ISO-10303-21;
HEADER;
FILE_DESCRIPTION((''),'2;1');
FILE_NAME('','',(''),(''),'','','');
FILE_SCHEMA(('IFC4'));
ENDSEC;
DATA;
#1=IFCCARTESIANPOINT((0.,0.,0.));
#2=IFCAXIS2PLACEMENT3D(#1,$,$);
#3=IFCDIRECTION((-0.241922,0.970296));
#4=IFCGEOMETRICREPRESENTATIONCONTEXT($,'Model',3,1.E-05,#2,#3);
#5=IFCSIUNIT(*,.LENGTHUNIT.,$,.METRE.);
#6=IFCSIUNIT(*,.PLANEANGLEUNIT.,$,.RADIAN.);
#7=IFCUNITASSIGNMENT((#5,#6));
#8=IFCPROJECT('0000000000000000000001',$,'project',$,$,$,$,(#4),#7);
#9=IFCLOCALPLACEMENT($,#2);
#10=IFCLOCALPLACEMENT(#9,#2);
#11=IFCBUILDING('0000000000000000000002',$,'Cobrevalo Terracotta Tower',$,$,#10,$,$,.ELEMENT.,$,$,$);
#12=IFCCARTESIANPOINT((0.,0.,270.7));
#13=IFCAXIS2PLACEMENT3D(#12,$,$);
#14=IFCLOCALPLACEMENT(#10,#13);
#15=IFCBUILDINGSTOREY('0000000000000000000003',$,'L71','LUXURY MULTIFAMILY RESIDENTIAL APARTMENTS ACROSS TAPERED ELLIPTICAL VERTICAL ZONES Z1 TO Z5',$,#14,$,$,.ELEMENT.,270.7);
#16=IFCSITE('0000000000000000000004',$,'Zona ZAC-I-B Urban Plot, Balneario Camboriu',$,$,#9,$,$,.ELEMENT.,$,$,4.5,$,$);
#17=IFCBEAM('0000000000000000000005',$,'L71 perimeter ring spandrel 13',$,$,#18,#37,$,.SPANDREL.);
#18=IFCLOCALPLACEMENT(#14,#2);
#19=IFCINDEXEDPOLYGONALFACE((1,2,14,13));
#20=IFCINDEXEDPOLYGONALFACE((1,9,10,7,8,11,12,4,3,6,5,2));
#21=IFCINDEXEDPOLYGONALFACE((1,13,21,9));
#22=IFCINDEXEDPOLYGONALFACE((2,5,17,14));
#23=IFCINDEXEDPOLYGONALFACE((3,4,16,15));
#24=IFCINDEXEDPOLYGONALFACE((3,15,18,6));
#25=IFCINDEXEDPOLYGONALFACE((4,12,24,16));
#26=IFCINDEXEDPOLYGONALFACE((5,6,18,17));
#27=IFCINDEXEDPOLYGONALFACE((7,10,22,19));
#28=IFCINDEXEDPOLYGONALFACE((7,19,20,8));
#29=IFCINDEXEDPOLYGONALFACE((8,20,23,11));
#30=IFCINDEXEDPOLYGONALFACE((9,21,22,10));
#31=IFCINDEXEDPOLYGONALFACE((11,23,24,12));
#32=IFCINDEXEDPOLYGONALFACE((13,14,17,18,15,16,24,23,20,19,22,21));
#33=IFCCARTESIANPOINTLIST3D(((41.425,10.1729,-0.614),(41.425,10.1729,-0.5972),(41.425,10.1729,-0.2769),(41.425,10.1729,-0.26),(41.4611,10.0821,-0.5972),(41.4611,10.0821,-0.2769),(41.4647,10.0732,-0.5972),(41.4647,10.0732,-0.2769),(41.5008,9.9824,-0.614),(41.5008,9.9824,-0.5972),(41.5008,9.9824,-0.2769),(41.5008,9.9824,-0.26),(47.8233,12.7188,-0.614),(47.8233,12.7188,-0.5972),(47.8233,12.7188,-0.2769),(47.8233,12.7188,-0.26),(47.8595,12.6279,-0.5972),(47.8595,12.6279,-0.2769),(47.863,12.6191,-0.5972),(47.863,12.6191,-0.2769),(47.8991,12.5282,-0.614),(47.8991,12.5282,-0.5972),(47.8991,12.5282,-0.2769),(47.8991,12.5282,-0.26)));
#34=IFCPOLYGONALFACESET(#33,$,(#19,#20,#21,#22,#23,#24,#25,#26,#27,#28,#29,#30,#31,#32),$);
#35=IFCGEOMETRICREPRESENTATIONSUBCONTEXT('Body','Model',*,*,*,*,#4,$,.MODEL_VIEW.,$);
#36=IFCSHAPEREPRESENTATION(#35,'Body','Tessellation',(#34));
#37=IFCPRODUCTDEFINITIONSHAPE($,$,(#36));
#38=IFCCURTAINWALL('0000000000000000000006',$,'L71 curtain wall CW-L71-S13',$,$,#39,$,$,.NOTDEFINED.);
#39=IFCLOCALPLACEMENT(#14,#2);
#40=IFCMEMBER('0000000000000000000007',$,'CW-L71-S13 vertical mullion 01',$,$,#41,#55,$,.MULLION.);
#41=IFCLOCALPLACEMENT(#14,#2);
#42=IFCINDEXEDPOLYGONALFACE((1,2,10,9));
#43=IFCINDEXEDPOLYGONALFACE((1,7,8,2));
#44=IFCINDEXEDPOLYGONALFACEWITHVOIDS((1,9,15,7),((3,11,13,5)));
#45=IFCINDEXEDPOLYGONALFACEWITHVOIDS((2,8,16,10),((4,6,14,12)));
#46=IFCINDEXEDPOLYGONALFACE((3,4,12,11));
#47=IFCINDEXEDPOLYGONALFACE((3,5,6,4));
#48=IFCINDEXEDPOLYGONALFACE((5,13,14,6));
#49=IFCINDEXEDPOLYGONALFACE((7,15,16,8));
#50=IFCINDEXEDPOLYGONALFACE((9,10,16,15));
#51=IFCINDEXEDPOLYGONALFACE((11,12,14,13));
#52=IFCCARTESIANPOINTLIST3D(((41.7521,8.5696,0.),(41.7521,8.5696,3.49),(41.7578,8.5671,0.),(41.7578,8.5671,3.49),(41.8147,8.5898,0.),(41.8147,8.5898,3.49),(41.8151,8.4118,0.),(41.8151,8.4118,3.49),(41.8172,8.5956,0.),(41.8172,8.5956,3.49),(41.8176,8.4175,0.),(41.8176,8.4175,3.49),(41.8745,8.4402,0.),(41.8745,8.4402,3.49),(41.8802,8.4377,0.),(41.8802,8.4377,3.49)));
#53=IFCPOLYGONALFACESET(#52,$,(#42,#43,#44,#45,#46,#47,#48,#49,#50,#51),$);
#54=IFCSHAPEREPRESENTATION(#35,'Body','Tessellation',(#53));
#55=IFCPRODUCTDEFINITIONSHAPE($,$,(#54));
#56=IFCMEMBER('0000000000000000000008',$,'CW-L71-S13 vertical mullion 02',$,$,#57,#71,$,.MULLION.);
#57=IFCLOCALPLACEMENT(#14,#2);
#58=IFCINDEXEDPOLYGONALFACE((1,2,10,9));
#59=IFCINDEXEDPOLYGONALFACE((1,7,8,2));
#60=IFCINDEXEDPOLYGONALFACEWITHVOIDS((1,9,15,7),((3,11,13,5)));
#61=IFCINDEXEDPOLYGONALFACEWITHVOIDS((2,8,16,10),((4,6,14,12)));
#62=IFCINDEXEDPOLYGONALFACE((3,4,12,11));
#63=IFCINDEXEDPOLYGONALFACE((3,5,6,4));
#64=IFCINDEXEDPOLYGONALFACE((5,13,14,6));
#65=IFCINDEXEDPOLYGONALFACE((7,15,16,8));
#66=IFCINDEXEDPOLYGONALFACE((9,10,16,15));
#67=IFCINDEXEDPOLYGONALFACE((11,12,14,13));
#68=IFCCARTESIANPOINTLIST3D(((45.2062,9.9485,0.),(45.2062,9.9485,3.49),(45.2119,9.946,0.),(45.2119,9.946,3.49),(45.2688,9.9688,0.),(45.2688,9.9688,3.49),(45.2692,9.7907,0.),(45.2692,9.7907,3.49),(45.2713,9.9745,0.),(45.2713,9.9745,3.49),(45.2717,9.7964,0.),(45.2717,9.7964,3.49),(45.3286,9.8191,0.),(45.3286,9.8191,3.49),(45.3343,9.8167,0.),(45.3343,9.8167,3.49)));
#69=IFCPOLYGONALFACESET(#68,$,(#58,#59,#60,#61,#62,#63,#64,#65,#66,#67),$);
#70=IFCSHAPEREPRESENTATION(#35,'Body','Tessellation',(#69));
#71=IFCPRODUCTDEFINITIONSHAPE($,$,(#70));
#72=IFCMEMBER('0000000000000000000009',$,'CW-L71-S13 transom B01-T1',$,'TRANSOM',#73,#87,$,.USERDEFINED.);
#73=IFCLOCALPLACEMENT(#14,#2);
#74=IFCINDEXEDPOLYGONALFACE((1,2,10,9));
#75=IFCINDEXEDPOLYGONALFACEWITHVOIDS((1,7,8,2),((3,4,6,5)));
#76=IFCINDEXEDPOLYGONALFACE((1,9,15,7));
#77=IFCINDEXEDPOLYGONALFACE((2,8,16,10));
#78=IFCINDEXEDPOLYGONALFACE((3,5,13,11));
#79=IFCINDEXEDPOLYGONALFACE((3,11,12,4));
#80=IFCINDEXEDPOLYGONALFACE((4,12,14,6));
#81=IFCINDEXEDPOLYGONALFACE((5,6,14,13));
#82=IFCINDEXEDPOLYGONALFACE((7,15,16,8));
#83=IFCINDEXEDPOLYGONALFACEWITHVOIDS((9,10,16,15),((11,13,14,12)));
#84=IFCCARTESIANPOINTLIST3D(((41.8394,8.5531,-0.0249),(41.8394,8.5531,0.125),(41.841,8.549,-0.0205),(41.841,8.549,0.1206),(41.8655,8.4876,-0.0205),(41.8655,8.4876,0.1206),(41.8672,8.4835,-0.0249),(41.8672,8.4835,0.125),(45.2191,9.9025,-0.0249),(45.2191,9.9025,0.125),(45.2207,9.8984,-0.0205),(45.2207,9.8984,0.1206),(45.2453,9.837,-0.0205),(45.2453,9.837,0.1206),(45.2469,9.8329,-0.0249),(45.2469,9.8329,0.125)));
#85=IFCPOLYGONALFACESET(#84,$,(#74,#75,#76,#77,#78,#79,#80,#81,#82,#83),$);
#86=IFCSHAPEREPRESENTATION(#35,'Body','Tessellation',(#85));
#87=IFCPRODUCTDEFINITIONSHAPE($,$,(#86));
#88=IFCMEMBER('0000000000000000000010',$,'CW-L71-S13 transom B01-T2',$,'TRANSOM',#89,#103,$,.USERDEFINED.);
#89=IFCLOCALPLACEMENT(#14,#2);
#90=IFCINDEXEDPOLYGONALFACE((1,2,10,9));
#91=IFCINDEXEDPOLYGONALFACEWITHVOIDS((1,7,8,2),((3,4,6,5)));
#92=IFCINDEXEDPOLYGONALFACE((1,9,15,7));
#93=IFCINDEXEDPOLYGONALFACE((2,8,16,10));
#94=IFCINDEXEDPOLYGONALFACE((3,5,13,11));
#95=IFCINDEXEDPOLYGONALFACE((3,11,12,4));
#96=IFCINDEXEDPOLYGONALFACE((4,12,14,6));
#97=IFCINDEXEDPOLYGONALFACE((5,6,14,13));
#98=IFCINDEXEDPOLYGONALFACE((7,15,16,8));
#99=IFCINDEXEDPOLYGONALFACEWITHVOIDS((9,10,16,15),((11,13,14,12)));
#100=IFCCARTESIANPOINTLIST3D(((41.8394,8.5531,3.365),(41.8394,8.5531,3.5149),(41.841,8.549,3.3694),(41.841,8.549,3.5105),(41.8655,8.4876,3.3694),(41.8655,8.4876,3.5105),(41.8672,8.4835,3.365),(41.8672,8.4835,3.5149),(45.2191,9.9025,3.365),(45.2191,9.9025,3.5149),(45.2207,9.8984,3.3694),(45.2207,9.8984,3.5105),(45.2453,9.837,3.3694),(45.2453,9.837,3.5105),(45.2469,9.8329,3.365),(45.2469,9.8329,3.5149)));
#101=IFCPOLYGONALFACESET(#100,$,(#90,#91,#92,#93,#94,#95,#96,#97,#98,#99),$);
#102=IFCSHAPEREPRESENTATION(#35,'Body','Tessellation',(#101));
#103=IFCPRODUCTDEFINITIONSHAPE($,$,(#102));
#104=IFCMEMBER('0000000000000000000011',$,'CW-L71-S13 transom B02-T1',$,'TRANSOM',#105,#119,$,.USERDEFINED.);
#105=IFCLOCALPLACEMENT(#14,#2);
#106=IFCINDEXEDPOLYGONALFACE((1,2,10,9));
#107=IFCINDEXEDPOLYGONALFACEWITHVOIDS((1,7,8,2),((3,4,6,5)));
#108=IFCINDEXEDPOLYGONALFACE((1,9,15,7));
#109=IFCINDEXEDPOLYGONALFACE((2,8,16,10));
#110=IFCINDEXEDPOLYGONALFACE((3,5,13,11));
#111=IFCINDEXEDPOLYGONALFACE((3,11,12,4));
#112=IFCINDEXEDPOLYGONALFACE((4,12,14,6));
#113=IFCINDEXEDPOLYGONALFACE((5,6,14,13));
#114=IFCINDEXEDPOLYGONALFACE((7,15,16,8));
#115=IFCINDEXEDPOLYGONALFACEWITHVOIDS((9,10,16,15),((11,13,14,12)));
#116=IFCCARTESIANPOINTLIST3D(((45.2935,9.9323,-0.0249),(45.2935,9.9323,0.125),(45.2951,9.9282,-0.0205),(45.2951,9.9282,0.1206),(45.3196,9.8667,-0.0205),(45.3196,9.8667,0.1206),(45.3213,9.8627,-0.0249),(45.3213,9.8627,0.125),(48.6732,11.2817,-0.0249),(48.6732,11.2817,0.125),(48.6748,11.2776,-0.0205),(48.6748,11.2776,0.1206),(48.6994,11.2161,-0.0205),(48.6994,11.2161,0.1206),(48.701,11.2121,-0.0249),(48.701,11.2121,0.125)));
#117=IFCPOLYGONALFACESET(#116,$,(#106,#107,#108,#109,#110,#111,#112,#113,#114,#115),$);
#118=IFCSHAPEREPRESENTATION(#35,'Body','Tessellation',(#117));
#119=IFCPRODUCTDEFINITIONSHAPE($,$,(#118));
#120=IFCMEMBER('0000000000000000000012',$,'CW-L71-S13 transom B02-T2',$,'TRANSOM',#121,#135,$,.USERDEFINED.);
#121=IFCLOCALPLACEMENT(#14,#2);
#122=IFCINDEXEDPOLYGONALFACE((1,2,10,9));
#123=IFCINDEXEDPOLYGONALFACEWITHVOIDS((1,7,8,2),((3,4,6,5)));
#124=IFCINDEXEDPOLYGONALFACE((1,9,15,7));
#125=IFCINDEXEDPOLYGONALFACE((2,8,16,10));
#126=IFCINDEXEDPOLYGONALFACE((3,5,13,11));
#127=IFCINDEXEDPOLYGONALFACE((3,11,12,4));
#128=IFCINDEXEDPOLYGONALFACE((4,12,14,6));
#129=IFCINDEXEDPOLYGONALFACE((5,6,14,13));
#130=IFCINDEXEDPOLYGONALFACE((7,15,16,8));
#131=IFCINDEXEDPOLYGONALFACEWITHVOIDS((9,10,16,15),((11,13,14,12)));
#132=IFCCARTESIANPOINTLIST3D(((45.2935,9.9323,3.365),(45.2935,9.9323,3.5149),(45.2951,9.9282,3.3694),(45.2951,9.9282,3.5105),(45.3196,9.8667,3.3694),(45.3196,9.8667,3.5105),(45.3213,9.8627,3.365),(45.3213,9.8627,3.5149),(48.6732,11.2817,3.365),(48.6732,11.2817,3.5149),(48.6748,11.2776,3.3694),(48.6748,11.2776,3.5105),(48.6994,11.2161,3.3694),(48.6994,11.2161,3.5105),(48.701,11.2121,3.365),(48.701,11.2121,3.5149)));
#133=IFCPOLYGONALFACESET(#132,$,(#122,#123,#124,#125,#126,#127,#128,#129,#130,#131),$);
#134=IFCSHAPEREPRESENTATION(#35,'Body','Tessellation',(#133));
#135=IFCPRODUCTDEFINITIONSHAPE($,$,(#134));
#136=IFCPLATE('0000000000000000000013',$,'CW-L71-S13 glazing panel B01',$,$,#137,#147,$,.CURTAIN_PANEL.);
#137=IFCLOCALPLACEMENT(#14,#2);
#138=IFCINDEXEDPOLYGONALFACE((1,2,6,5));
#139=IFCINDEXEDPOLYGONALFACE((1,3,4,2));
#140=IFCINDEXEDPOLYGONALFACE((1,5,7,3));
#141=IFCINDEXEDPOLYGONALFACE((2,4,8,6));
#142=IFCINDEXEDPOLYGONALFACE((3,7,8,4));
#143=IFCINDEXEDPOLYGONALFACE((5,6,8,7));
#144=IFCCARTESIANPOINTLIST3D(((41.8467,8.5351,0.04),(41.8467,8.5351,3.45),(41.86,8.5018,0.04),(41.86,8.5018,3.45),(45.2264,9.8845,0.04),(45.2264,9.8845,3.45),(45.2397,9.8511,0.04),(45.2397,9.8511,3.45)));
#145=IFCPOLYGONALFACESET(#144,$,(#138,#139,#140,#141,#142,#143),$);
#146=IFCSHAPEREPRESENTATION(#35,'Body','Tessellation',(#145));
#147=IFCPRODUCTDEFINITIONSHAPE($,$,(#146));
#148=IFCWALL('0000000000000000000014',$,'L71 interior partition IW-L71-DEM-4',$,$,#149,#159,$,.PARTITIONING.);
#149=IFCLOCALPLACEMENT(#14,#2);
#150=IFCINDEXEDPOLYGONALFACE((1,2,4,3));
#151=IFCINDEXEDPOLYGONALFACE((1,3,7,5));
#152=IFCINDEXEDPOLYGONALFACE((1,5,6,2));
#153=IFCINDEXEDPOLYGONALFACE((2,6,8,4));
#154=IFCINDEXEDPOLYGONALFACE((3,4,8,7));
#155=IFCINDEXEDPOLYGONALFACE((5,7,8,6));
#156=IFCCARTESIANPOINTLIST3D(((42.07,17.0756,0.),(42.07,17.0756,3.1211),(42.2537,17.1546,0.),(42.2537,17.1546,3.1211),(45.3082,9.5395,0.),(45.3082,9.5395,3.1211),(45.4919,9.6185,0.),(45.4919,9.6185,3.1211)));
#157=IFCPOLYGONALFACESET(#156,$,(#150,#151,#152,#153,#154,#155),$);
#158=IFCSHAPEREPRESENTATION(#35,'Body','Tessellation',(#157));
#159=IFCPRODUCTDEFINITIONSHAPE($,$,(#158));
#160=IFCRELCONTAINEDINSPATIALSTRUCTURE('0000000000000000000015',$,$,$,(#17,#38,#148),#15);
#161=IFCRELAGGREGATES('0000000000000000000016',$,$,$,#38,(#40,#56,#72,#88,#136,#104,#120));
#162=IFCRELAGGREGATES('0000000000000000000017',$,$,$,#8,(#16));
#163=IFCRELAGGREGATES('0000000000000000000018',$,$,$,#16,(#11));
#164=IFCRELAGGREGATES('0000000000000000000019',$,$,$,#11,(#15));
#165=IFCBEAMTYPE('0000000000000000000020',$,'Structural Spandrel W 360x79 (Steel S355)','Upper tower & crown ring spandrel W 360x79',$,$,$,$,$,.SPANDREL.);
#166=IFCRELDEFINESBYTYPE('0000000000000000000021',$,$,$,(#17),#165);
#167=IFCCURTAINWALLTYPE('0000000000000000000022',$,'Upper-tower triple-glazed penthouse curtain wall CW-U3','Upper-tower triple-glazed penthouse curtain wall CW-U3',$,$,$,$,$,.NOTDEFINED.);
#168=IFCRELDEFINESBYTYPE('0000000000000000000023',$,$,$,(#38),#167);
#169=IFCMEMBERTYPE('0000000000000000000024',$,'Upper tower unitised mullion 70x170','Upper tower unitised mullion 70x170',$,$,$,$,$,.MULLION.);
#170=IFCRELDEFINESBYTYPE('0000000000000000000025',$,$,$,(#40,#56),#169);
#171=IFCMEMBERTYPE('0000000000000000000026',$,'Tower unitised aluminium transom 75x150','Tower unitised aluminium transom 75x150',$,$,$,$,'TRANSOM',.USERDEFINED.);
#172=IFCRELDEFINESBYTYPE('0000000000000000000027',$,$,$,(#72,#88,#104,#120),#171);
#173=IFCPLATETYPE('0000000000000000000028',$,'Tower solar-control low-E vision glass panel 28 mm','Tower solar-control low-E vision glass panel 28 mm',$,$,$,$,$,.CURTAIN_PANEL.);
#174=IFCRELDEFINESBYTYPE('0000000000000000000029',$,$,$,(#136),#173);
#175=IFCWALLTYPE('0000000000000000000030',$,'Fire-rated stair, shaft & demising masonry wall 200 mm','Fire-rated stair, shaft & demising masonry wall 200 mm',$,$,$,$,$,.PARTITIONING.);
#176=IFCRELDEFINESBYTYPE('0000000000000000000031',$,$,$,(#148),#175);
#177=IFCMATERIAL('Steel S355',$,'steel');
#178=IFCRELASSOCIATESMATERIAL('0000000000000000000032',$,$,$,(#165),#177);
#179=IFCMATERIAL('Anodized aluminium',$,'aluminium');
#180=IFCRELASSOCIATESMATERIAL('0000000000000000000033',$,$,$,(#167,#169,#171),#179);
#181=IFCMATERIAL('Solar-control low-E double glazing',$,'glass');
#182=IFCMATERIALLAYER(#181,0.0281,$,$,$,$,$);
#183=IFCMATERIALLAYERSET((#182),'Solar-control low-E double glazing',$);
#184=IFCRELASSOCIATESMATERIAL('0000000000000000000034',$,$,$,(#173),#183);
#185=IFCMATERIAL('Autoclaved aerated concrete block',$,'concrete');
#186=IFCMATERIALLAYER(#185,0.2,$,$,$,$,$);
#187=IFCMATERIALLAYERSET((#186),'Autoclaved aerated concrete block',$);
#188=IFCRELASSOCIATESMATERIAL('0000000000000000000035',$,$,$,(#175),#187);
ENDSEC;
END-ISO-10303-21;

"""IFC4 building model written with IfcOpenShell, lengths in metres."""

from ifc_helpers import new_model, si_unit, direction, frame, frame_2d, origin, origin_2d, place, context, subcontext, project, spatial, rectangle, hollow_rectangle, i_section, extrude, source, transform, mapped, material, layer, layer_set, material_profile, profile_set, type_object, element, aggregate, save


model = new_model("IFC4")

# Units and contexts
model_context = context("Model", 3, precision=1e-05, world=origin(), true_north=direction((-0.241922, 0.970296)))
body_context = subcontext(model_context, "Body", "Model", "MODEL_VIEW")
ifc_project = project(units=[si_unit("LENGTHUNIT", "METRE"), si_unit("PLANEANGLEUNIT", "RADIAN")], contexts=[model_context])

# Site, building, storey
site_placement = place(None, origin())
site = spatial("IfcSite", under=ifc_project, at=site_placement, Name="Zona ZAC-I-B Urban Plot, Balneario Camboriu", CompositionType="ELEMENT", RefElevation=4.5)
building_placement = place(site_placement, origin())
building = spatial("IfcBuilding", under=site, at=building_placement, Name="Cobrevalo Terracotta Tower", CompositionType="ELEMENT")
storey_placement = place(building_placement, frame((0.0, 0.0, 270.7)))
storey = spatial("IfcBuildingStorey", under=building, at=storey_placement, Name="L71", Description="LUXURY MULTIFAMILY RESIDENTIAL APARTMENTS ACROSS TAPERED ELLIPTICAL VERTICAL ZONES Z1 TO Z5", CompositionType="ELEMENT", Elevation=270.7)

# Shared definitions
ifc_material_1 = material(Name="Steel S355", Category="steel")

# Beam
ifc_material_profile_1 = material_profile(ifc_material_1, i_section(OverallWidth=0.2051, OverallDepth=0.354, WebThickness=0.0095, FlangeThickness=0.0168, at=origin_2d()), Name="W 360x79")
ifc_profile_set_1 = profile_set([ifc_material_profile_1], Name="Steel S355")
beam_type_1 = type_object("IfcBeamType", Name="Structural Spandrel W 360x79 (Steel S355)", Description="Upper tower & crown ring spandrel W 360x79", PredefinedType="SPANDREL", material=ifc_profile_set_1)
beam_1_placement = place(storey_placement, frame((41.4629, 10.0776, -0.437), z_axis=(0.92915, 0.369703, 0.0), x_axis=(-0.369703, 0.92915, 0.0)))
element("IfcBeam", 1, at=beam_1_placement, inside=storey, type_object=beam_type_1, Name="L71 perimeter ring spandrel 13", PredefinedType="SPANDREL", context=body_context, shape_type="SweptSolid", body=[
    extrude(i_section(OverallWidth=0.2051, OverallDepth=0.354, WebThickness=0.0095, FlangeThickness=0.0168, at=origin_2d()), origin(), (0.0, 0.0, 1.0), 6.8862),
])

# Curtain wall, members, plate
ifc_material_2 = material(Name="Anodized aluminium", Category="aluminium")
curtain_wall_type = type_object("IfcCurtainWallType", Name="Upper-tower triple-glazed penthouse curtain wall CW-U3", Description="Upper-tower triple-glazed penthouse curtain wall CW-U3", PredefinedType="NOTDEFINED", material=ifc_material_2)
curtain_wall_placement = place(storey_placement, origin())
curtain_wall = element("IfcCurtainWall", 2, at=curtain_wall_placement, inside=storey, type_object=curtain_wall_type, Name="L71 curtain wall CW-L71-S13", PredefinedType="NOTDEFINED")
ifc_material_profile_2 = material_profile(ifc_material_2, hollow_rectangle(XDim=0.0701, YDim=0.1699, WallThickness=0.0044, at=origin_2d()), Name="CWM 70x170")
ifc_profile_set_2 = profile_set([ifc_material_profile_2], Name="Anodized aluminium")
member_type_1 = type_object("IfcMemberType", Name="Upper tower unitised mullion 70x170", Description="Upper tower unitised mullion 70x170", PredefinedType="MULLION", material=ifc_profile_set_2)
shared_shape_1 = source(origin(), body_context, "Body", "SweptSolid", [
    extrude(hollow_rectangle(XDim=0.0701, YDim=0.1699, WallThickness=0.0044, at=origin_2d()), origin(), (0.0, 0.0, 1.0), 3.49),
])
member_1_placement = place(storey_placement, frame((41.8162, 8.5037, 0.0), z_axis=(0.0, 0.0, 1.0), x_axis=(0.928719, 0.370784, 0.0)))
member_1 = element("IfcMember", 3, at=member_1_placement, type_object=member_type_1, Name="CW-L71-S13 vertical mullion 01", PredefinedType="MULLION", context=body_context, shape_type="MappedRepresentation", body=[
    mapped(shared_shape_1, transform((0.0, 0.0, 0.0), scale=1.0)),
])
member_2_placement = place(storey_placement, frame((45.2703, 9.8826, 0.0), z_axis=(0.0, 0.0, 1.0), x_axis=(0.928719, 0.370784, 0.0)))
member_2 = element("IfcMember", 4, at=member_2_placement, type_object=member_type_1, Name="CW-L71-S13 vertical mullion 02", PredefinedType="MULLION", context=body_context, shape_type="MappedRepresentation", body=[
    mapped(shared_shape_1, transform((0.0, 0.0, 0.0), scale=1.0)),
])
ifc_material_profile_3 = material_profile(ifc_material_2, hollow_rectangle(XDim=0.075, YDim=0.1499, WallThickness=0.0044, at=origin_2d()), Name="CWT 75x150")
ifc_profile_set_3 = profile_set([ifc_material_profile_3], Name="Anodized aluminium")
member_type_2 = type_object("IfcMemberType", Name="Tower unitised aluminium transom 75x150", Description="Tower unitised aluminium transom 75x150", ElementType="TRANSOM", PredefinedType="USERDEFINED", material=ifc_profile_set_3)
shared_shape_2 = source(origin(), body_context, "Body", "SweptSolid", [
    extrude(hollow_rectangle(XDim=0.075, YDim=0.1499, WallThickness=0.0044, at=origin_2d()), origin(), (0.0, 0.0, 1.0), 3.6392),
])
member_3_placement = place(storey_placement, frame((41.8533, 8.5183, 0.05), z_axis=(0.928712, 0.370801, 0.0), x_axis=(-0.370801, 0.928712, 0.0)))
member_3 = element("IfcMember", 5, at=member_3_placement, type_object=member_type_2, Name="CW-L71-S13 transom B01-T1", ObjectType="TRANSOM", PredefinedType="USERDEFINED", context=body_context, shape_type="MappedRepresentation", body=[
    mapped(shared_shape_2, transform((0.0, 0.0, 0.0), scale=1.0)),
])
member_4_placement = place(storey_placement, frame((41.8533, 8.5183, 3.4399), z_axis=(0.928712, 0.370801, 0.0), x_axis=(-0.370801, 0.928712, 0.0)))
member_4 = element("IfcMember", 6, at=member_4_placement, type_object=member_type_2, Name="CW-L71-S13 transom B01-T2", ObjectType="TRANSOM", PredefinedType="USERDEFINED", context=body_context, shape_type="MappedRepresentation", body=[
    mapped(shared_shape_2, transform((0.0, 0.0, 0.0), scale=1.0)),
])
member_5_placement = place(storey_placement, frame((45.3074, 9.8975, 0.05), z_axis=(0.928712, 0.370801, 0.0), x_axis=(-0.370801, 0.928712, 0.0)))
member_5 = element("IfcMember", 7, at=member_5_placement, type_object=member_type_2, Name="CW-L71-S13 transom B02-T1", ObjectType="TRANSOM", PredefinedType="USERDEFINED", context=body_context, shape_type="MappedRepresentation", body=[
    mapped(shared_shape_2, transform((0.0, 0.0, 0.0), scale=1.0)),
])
member_6_placement = place(storey_placement, frame((45.3074, 9.8975, 3.4399), z_axis=(0.928712, 0.370801, 0.0), x_axis=(-0.370801, 0.928712, 0.0)))
member_6 = element("IfcMember", 8, at=member_6_placement, type_object=member_type_2, Name="CW-L71-S13 transom B02-T2", ObjectType="TRANSOM", PredefinedType="USERDEFINED", context=body_context, shape_type="MappedRepresentation", body=[
    mapped(shared_shape_2, transform((0.0, 0.0, 0.0), scale=1.0)),
])
ifc_material_3 = material(Name="Solar-control low-E double glazing", Category="glass")
ifc_layer_1 = layer(ifc_material_3, 0.0281)
ifc_layer_set_1 = layer_set([ifc_layer_1], Name="Solar-control low-E double glazing")
plate_type = type_object("IfcPlateType", Name="Tower solar-control low-E vision glass panel 28 mm", Description="Tower solar-control low-E vision glass panel 28 mm", PredefinedType="CURTAIN_PANEL", material=ifc_layer_set_1)
shared_shape_3 = source(origin(), body_context, "Body", "SweptSolid", [
    extrude(rectangle(XDim=3.6392, YDim=0.0359, at=origin_2d()), origin(), (0.0, 0.0, 1.0), 3.4099),
])
plate_placement = place(storey_placement, frame((43.5432, 9.1931, 0.04), z_axis=(0.0, 0.0, 1.0), x_axis=(0.928718, 0.370786, 0.0)))
plate = element("IfcPlate", 9, at=plate_placement, type_object=plate_type, Name="CW-L71-S13 glazing panel B01", PredefinedType="CURTAIN_PANEL", context=body_context, shape_type="MappedRepresentation", body=[
    mapped(shared_shape_3, transform((0.0, 0.0, 0.0), scale=1.0)),
])
aggregate(curtain_wall, [member_1, member_2, member_3, member_4, plate, member_5, member_6])

# Wall
ifc_material_4 = material(Name="Autoclaved aerated concrete block", Category="concrete")
ifc_layer_2 = layer(ifc_material_4, 0.2)
ifc_layer_set_2 = layer_set([ifc_layer_2], Name="Autoclaved aerated concrete block")
wall_type_1 = type_object("IfcWallType", Name="Fire-rated stair, shaft & demising masonry wall 200 mm", Description="Fire-rated stair, shaft & demising masonry wall 200 mm", PredefinedType="PARTITIONING", material=ifc_layer_set_2)
wall_1_placement = place(storey_placement, frame((42.1619, 17.115, 0.0), z_axis=(0.0, 0.0, 1.0), x_axis=(0.394796, -0.918769, 0.0)))
element("IfcWall", 10, at=wall_1_placement, inside=storey, type_object=wall_type_1, Name="L71 interior partition IW-L71-DEM-4", PredefinedType="PARTITIONING", context=body_context, shape_type="SweptSolid", body=[
    extrude(rectangle(XDim=8.2024, YDim=0.2, at=frame_2d((4.1011, 0.0))), origin(), (0.0, 0.0, 1.0), 3.1211),
])

save(model, "model.ifc")
